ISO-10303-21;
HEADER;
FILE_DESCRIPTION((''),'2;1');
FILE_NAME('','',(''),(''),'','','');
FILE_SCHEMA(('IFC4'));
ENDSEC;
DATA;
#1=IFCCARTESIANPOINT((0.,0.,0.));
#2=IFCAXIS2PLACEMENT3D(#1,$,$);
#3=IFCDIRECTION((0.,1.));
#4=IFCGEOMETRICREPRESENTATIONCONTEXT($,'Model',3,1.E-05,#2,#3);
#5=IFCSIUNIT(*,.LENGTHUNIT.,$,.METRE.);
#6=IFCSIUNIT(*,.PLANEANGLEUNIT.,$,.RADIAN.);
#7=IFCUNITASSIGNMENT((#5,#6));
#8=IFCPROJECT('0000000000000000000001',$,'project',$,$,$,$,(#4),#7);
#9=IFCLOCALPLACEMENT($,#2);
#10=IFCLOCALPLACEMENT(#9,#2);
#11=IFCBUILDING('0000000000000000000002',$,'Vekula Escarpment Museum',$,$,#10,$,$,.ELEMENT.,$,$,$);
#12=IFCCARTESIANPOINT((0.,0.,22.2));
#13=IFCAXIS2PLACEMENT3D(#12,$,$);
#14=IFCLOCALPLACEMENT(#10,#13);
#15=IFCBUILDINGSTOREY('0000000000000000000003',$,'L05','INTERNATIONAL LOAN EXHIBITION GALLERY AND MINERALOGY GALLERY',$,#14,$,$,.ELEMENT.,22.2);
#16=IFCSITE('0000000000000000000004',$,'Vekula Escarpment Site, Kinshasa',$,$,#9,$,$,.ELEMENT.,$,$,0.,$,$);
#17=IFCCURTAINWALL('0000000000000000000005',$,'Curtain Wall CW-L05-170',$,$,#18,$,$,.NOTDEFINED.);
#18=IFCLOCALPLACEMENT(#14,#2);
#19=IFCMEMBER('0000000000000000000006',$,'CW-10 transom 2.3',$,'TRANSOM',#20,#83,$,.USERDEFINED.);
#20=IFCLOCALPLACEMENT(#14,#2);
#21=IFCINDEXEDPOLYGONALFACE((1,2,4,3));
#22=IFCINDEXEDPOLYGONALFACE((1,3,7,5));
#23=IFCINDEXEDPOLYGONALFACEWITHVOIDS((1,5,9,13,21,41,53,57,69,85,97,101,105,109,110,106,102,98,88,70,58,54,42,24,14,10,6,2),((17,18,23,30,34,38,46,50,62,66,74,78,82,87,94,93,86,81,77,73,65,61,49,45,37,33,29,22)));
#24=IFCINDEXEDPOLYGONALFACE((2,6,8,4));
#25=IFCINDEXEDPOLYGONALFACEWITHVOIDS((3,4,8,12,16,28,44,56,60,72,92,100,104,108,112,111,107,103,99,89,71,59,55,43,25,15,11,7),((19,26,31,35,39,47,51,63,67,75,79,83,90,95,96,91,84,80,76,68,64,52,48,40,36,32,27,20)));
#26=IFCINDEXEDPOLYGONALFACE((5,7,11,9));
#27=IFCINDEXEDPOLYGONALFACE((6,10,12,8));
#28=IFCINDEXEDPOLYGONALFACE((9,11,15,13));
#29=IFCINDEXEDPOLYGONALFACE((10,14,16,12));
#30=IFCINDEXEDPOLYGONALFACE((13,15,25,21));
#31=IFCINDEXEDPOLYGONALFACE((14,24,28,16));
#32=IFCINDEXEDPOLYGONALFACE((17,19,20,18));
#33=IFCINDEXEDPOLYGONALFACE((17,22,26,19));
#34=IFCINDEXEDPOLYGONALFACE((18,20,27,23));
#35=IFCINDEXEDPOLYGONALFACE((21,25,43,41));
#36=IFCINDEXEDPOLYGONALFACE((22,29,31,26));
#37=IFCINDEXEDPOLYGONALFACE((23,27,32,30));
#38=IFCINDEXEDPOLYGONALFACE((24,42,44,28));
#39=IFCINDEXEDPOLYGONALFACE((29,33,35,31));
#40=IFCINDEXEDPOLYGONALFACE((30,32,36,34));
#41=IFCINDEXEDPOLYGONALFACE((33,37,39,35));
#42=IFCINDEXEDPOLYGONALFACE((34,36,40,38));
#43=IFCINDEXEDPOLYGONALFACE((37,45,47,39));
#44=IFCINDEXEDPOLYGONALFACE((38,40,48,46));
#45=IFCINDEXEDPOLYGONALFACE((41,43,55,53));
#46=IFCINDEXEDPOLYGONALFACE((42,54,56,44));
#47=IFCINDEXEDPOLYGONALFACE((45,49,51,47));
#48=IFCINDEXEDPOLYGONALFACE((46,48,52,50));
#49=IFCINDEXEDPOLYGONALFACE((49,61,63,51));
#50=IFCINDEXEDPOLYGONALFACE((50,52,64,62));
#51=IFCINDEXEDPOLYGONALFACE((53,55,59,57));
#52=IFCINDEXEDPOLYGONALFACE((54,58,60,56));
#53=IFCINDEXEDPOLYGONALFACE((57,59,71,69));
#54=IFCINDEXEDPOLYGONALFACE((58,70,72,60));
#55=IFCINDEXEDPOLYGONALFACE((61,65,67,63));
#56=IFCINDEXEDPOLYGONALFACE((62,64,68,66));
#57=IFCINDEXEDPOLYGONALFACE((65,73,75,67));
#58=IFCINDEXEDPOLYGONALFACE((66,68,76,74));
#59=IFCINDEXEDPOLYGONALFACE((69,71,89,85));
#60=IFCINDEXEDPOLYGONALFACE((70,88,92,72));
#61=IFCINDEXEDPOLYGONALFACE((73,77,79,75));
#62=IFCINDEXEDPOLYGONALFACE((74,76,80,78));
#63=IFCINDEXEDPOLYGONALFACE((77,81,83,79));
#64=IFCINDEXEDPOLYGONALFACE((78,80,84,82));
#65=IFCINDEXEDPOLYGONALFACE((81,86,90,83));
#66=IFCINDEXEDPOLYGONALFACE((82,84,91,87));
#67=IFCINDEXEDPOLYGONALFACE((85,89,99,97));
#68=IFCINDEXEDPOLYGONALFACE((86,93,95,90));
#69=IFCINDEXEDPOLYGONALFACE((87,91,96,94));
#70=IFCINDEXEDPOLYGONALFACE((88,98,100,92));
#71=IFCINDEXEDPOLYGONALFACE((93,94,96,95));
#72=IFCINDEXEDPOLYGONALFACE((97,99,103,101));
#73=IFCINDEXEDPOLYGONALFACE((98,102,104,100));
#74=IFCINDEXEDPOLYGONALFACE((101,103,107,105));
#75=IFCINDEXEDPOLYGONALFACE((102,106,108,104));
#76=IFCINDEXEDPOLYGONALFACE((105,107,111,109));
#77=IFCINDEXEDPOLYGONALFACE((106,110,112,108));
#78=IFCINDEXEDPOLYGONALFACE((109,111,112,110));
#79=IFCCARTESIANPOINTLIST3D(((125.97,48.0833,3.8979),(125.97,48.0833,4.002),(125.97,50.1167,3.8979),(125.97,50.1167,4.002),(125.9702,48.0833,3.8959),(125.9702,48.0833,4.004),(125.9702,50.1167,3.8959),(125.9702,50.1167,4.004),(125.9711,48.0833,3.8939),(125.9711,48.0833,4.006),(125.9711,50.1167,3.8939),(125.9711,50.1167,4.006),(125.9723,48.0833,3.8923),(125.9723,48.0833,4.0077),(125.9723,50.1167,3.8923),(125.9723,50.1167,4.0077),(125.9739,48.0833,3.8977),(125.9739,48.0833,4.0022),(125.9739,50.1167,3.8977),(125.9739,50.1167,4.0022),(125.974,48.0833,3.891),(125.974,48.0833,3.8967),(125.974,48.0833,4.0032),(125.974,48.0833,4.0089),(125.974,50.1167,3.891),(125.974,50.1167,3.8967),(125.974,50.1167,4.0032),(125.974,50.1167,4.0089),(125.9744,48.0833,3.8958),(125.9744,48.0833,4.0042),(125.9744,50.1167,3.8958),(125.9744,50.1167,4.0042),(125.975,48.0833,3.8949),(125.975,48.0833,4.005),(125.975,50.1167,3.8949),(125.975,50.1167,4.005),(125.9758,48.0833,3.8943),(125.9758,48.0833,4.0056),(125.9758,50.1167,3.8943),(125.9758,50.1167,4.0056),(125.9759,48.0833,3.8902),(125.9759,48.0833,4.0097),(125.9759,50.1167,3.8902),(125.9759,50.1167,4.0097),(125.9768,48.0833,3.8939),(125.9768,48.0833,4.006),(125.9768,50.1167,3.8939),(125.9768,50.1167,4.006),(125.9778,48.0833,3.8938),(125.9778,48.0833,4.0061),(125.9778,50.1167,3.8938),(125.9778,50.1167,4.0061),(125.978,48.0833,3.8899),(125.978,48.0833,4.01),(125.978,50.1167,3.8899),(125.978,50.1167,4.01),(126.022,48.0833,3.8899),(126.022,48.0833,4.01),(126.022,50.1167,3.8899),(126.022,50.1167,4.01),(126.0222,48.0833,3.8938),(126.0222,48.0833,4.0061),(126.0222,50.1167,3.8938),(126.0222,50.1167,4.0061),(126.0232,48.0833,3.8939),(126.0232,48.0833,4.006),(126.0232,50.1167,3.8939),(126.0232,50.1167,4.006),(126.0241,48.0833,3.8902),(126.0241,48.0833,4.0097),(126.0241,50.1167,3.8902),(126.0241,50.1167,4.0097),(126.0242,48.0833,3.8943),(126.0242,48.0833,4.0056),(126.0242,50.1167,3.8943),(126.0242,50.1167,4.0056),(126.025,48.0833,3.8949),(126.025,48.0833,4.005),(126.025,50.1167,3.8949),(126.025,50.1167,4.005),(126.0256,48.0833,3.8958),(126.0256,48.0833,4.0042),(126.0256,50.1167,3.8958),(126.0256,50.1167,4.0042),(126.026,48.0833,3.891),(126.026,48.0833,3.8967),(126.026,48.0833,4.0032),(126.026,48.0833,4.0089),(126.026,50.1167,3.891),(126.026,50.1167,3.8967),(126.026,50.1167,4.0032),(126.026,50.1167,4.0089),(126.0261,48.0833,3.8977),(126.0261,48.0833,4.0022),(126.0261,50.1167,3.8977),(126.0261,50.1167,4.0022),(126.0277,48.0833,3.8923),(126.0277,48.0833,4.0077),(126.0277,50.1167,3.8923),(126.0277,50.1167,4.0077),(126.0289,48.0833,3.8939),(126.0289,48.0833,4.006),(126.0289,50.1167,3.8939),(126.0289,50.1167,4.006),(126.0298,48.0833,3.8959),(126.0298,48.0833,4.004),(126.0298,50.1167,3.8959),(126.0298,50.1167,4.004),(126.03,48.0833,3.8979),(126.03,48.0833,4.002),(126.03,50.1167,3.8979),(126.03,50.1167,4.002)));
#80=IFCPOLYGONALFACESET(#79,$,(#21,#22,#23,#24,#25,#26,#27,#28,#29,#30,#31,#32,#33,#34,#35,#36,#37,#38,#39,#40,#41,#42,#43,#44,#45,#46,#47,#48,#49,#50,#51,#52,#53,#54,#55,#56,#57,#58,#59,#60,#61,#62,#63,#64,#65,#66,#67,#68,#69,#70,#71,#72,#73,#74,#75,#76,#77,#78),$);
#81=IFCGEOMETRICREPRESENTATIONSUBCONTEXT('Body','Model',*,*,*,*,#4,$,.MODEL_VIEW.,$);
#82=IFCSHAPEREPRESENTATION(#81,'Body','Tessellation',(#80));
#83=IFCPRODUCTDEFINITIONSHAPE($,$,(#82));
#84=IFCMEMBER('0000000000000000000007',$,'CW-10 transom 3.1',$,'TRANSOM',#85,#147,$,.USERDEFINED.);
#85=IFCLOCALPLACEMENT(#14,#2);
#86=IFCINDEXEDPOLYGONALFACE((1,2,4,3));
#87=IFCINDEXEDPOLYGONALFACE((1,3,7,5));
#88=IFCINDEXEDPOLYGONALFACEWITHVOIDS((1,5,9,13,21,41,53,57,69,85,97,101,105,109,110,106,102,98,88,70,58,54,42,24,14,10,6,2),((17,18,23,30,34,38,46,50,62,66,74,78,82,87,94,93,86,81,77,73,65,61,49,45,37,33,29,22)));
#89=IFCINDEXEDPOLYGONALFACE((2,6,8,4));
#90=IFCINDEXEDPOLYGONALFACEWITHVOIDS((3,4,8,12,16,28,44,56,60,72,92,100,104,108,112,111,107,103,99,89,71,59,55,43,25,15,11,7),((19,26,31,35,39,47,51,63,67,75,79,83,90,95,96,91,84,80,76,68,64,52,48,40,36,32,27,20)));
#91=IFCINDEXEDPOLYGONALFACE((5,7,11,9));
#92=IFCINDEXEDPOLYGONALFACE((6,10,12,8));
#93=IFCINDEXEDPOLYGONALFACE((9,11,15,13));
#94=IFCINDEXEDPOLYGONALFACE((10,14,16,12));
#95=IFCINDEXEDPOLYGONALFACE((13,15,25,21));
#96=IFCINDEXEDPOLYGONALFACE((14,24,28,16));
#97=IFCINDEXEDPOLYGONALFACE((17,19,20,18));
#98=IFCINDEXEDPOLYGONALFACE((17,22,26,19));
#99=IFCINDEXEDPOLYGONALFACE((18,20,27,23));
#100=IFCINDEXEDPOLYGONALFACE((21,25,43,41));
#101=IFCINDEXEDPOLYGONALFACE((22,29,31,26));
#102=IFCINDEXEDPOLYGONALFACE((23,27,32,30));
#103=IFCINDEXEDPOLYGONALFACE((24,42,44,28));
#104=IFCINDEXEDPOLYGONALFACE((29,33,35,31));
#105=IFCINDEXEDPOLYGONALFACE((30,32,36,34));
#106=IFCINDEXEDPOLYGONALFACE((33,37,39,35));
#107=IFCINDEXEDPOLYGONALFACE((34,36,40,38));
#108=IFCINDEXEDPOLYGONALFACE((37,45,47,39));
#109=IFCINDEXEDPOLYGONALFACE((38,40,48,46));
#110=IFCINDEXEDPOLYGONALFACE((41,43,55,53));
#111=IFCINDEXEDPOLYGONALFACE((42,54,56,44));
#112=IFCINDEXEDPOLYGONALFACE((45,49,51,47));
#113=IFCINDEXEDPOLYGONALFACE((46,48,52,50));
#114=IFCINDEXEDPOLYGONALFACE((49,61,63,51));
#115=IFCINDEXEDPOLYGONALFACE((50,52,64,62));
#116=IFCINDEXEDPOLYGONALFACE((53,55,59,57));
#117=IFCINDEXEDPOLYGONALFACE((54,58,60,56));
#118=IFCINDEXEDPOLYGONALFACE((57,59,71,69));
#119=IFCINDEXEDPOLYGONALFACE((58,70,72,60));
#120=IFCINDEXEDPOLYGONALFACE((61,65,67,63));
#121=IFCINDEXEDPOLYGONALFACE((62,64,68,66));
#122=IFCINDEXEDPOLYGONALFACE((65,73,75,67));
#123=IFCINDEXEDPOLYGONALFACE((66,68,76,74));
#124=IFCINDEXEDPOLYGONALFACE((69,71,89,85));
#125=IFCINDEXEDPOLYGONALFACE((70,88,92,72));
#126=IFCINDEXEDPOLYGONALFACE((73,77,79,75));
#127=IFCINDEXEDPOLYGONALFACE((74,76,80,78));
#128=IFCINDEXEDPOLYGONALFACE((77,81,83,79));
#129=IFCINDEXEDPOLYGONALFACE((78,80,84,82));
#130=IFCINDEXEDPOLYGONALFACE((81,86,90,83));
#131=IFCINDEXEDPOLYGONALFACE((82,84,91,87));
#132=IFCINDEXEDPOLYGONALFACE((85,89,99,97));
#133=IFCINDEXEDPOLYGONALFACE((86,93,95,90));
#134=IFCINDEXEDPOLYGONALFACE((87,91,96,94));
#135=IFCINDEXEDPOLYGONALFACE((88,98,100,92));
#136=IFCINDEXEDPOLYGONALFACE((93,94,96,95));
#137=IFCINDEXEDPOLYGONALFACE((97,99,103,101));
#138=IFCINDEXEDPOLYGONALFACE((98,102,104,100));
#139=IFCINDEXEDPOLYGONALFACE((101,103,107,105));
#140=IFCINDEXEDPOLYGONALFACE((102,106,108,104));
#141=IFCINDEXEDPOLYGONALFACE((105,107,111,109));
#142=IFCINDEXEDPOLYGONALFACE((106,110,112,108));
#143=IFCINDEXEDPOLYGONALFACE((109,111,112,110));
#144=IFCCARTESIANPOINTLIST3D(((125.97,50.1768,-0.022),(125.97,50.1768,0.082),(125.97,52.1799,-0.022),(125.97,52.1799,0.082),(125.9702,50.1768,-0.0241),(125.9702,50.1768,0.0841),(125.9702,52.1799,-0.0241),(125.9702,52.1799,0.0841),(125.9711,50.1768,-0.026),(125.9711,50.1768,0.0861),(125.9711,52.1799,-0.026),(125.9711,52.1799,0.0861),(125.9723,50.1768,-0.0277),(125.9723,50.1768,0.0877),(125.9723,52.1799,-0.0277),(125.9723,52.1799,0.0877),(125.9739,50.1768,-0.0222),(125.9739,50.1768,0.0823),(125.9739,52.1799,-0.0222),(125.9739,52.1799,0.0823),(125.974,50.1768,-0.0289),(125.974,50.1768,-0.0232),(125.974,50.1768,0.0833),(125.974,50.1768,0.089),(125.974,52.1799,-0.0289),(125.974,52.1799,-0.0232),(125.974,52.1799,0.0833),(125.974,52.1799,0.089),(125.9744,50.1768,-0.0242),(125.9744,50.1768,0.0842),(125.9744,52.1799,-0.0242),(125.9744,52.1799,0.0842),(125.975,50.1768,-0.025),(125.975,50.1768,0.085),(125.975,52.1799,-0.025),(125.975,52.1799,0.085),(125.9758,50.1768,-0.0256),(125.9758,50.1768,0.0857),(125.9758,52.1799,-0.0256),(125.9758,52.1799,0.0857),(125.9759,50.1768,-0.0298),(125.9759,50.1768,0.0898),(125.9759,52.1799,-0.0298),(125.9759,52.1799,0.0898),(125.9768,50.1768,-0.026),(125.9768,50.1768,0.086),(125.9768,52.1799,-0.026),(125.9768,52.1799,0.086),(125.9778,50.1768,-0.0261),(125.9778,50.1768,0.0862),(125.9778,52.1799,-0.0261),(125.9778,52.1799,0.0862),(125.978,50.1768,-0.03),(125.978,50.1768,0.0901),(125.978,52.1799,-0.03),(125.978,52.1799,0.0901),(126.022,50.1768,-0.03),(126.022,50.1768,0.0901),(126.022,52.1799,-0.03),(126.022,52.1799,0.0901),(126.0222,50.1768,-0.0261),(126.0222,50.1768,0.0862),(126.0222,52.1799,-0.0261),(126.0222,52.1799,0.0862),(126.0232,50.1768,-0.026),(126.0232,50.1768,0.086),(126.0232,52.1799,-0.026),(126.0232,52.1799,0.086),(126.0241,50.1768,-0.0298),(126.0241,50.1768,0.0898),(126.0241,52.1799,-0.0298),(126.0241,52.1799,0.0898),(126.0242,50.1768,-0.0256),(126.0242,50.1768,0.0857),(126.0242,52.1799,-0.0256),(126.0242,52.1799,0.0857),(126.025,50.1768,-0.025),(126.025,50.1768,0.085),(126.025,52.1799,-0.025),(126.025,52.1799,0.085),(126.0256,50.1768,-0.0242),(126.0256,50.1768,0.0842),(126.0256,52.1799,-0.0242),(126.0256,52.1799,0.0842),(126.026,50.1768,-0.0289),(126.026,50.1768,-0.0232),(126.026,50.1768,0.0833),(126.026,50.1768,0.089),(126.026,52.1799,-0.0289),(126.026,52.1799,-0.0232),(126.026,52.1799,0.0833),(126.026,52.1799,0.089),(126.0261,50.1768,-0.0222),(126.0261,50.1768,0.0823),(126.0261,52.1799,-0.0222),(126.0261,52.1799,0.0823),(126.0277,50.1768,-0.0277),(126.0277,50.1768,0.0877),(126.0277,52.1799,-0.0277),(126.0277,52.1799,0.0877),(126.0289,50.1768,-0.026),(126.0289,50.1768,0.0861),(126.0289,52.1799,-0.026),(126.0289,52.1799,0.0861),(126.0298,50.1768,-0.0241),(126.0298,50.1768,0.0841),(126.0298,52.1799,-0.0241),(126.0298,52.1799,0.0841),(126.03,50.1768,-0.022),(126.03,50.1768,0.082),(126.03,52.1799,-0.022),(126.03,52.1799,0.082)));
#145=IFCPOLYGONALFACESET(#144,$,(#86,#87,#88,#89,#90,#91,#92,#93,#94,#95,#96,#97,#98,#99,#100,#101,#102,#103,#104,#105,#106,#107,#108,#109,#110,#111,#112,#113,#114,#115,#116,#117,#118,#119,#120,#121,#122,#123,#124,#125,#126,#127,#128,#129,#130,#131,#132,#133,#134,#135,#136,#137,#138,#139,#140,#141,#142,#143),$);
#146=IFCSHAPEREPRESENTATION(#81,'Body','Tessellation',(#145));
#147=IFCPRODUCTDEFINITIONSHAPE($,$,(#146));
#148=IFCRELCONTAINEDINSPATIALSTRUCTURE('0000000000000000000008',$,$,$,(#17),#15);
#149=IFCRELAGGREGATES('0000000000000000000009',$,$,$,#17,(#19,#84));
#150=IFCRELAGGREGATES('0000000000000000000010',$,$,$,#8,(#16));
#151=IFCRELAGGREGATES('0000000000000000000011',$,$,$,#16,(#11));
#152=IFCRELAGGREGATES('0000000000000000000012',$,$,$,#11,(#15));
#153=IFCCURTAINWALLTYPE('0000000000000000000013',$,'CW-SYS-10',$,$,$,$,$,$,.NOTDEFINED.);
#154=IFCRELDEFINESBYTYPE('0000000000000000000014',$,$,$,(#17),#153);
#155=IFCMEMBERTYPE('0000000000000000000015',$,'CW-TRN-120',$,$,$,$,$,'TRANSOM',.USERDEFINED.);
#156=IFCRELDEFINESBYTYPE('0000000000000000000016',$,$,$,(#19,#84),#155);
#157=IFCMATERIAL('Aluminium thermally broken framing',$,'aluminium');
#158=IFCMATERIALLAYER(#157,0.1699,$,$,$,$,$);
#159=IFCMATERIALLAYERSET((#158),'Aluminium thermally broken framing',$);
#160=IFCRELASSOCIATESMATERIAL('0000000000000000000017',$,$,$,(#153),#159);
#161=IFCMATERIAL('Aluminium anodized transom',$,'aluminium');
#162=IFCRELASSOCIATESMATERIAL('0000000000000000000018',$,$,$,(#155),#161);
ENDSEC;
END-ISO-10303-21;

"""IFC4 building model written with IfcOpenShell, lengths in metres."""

from ifc_helpers import new_model, si_unit, direction, frame, origin, origin_2d, place, context, subcontext, project, spatial, hollow_rectangle, extrude, material, layer, layer_set, material_profile, profile_set, type_object, element, aggregate, save


model = new_model("IFC4")

# Units and contexts
model_context = context("Model", 3, precision=1e-05, world=origin(), true_north=direction((0.0, 1.0)))
body_context = subcontext(model_context, "Body", "Model", "MODEL_VIEW")
ifc_project = project(units=[si_unit("LENGTHUNIT", "METRE"), si_unit("PLANEANGLEUNIT", "RADIAN")], contexts=[model_context])

# Site, building, storey
site_placement = place(None, origin())
site = spatial("IfcSite", under=ifc_project, at=site_placement, Name="Vekula Escarpment Site, Kinshasa", CompositionType="ELEMENT", RefElevation=0.0)
building_placement = place(site_placement, origin())
building = spatial("IfcBuilding", under=site, at=building_placement, Name="Vekula Escarpment Museum", CompositionType="ELEMENT")
storey_placement = place(building_placement, frame((0.0, 0.0, 22.2)))
storey = spatial("IfcBuildingStorey", under=building, at=storey_placement, Name="L05", Description="INTERNATIONAL LOAN EXHIBITION GALLERY AND MINERALOGY GALLERY", CompositionType="ELEMENT", Elevation=22.2)

# Curtain wall, members
ifc_material_1 = material(Name="Aluminium thermally broken framing", Category="aluminium")
ifc_layer_1 = layer(ifc_material_1, 0.1699)
ifc_layer_set_1 = layer_set([ifc_layer_1], Name="Aluminium thermally broken framing")
curtain_wall_type = type_object("IfcCurtainWallType", Name="CW-SYS-10", PredefinedType="NOTDEFINED", material=ifc_layer_set_1)
curtain_wall_placement = place(storey_placement, origin())
curtain_wall = element("IfcCurtainWall", 1, at=curtain_wall_placement, inside=storey, type_object=curtain_wall_type, Name="Curtain Wall CW-L05-170", PredefinedType="NOTDEFINED")
ifc_material_2 = material(Name="Aluminium anodized transom", Category="aluminium")
ifc_material_profile_1 = material_profile(ifc_material_2, hollow_rectangle(XDim=0.0601, YDim=0.1201, WallThickness=0.0039, InnerFilletRadius=0.0039, OuterFilletRadius=0.0081, at=origin_2d()), Name="ALU 120x60x4")
ifc_profile_set_1 = profile_set([ifc_material_profile_1], Name="Aluminium anodized transom")
member_type_1 = type_object("IfcMemberType", Name="CW-TRN-120", ElementType="TRANSOM", PredefinedType="USERDEFINED", material=ifc_profile_set_1)
member_1_placement = place(storey_placement, frame((126.0, 48.0833, 3.95), z_axis=(0.0, 1.0, 0.0), x_axis=(-1.0, 0.0, 0.0)))
member_1 = element("IfcMember", 2, at=member_1_placement, type_object=member_type_1, Name="CW-10 transom 2.3", ObjectType="TRANSOM", PredefinedType="USERDEFINED", context=body_context, shape_type="SweptSolid", body=[
    extrude(hollow_rectangle(XDim=0.0601, YDim=0.1201, WallThickness=0.0039, InnerFilletRadius=0.0039, OuterFilletRadius=0.0081, at=origin_2d()), origin(), (0.0, 0.0, 1.0), 2.0334),
])
member_2_placement = place(storey_placement, frame((126.0, 50.1768, 0.03), z_axis=(0.0, 1.0, 0.0), x_axis=(-1.0, 0.0, 0.0)))
member_2 = element("IfcMember", 3, at=member_2_placement, type_object=member_type_1, Name="CW-10 transom 3.1", ObjectType="TRANSOM", PredefinedType="USERDEFINED", context=body_context, shape_type="SweptSolid", body=[
    extrude(hollow_rectangle(XDim=0.0601, YDim=0.1201, WallThickness=0.0039, InnerFilletRadius=0.0039, OuterFilletRadius=0.0081, at=origin_2d()), origin(), (0.0, 0.0, 1.0), 2.0032),
])
aggregate(curtain_wall, [member_1, member_2])

save(model, "model.ifc")
